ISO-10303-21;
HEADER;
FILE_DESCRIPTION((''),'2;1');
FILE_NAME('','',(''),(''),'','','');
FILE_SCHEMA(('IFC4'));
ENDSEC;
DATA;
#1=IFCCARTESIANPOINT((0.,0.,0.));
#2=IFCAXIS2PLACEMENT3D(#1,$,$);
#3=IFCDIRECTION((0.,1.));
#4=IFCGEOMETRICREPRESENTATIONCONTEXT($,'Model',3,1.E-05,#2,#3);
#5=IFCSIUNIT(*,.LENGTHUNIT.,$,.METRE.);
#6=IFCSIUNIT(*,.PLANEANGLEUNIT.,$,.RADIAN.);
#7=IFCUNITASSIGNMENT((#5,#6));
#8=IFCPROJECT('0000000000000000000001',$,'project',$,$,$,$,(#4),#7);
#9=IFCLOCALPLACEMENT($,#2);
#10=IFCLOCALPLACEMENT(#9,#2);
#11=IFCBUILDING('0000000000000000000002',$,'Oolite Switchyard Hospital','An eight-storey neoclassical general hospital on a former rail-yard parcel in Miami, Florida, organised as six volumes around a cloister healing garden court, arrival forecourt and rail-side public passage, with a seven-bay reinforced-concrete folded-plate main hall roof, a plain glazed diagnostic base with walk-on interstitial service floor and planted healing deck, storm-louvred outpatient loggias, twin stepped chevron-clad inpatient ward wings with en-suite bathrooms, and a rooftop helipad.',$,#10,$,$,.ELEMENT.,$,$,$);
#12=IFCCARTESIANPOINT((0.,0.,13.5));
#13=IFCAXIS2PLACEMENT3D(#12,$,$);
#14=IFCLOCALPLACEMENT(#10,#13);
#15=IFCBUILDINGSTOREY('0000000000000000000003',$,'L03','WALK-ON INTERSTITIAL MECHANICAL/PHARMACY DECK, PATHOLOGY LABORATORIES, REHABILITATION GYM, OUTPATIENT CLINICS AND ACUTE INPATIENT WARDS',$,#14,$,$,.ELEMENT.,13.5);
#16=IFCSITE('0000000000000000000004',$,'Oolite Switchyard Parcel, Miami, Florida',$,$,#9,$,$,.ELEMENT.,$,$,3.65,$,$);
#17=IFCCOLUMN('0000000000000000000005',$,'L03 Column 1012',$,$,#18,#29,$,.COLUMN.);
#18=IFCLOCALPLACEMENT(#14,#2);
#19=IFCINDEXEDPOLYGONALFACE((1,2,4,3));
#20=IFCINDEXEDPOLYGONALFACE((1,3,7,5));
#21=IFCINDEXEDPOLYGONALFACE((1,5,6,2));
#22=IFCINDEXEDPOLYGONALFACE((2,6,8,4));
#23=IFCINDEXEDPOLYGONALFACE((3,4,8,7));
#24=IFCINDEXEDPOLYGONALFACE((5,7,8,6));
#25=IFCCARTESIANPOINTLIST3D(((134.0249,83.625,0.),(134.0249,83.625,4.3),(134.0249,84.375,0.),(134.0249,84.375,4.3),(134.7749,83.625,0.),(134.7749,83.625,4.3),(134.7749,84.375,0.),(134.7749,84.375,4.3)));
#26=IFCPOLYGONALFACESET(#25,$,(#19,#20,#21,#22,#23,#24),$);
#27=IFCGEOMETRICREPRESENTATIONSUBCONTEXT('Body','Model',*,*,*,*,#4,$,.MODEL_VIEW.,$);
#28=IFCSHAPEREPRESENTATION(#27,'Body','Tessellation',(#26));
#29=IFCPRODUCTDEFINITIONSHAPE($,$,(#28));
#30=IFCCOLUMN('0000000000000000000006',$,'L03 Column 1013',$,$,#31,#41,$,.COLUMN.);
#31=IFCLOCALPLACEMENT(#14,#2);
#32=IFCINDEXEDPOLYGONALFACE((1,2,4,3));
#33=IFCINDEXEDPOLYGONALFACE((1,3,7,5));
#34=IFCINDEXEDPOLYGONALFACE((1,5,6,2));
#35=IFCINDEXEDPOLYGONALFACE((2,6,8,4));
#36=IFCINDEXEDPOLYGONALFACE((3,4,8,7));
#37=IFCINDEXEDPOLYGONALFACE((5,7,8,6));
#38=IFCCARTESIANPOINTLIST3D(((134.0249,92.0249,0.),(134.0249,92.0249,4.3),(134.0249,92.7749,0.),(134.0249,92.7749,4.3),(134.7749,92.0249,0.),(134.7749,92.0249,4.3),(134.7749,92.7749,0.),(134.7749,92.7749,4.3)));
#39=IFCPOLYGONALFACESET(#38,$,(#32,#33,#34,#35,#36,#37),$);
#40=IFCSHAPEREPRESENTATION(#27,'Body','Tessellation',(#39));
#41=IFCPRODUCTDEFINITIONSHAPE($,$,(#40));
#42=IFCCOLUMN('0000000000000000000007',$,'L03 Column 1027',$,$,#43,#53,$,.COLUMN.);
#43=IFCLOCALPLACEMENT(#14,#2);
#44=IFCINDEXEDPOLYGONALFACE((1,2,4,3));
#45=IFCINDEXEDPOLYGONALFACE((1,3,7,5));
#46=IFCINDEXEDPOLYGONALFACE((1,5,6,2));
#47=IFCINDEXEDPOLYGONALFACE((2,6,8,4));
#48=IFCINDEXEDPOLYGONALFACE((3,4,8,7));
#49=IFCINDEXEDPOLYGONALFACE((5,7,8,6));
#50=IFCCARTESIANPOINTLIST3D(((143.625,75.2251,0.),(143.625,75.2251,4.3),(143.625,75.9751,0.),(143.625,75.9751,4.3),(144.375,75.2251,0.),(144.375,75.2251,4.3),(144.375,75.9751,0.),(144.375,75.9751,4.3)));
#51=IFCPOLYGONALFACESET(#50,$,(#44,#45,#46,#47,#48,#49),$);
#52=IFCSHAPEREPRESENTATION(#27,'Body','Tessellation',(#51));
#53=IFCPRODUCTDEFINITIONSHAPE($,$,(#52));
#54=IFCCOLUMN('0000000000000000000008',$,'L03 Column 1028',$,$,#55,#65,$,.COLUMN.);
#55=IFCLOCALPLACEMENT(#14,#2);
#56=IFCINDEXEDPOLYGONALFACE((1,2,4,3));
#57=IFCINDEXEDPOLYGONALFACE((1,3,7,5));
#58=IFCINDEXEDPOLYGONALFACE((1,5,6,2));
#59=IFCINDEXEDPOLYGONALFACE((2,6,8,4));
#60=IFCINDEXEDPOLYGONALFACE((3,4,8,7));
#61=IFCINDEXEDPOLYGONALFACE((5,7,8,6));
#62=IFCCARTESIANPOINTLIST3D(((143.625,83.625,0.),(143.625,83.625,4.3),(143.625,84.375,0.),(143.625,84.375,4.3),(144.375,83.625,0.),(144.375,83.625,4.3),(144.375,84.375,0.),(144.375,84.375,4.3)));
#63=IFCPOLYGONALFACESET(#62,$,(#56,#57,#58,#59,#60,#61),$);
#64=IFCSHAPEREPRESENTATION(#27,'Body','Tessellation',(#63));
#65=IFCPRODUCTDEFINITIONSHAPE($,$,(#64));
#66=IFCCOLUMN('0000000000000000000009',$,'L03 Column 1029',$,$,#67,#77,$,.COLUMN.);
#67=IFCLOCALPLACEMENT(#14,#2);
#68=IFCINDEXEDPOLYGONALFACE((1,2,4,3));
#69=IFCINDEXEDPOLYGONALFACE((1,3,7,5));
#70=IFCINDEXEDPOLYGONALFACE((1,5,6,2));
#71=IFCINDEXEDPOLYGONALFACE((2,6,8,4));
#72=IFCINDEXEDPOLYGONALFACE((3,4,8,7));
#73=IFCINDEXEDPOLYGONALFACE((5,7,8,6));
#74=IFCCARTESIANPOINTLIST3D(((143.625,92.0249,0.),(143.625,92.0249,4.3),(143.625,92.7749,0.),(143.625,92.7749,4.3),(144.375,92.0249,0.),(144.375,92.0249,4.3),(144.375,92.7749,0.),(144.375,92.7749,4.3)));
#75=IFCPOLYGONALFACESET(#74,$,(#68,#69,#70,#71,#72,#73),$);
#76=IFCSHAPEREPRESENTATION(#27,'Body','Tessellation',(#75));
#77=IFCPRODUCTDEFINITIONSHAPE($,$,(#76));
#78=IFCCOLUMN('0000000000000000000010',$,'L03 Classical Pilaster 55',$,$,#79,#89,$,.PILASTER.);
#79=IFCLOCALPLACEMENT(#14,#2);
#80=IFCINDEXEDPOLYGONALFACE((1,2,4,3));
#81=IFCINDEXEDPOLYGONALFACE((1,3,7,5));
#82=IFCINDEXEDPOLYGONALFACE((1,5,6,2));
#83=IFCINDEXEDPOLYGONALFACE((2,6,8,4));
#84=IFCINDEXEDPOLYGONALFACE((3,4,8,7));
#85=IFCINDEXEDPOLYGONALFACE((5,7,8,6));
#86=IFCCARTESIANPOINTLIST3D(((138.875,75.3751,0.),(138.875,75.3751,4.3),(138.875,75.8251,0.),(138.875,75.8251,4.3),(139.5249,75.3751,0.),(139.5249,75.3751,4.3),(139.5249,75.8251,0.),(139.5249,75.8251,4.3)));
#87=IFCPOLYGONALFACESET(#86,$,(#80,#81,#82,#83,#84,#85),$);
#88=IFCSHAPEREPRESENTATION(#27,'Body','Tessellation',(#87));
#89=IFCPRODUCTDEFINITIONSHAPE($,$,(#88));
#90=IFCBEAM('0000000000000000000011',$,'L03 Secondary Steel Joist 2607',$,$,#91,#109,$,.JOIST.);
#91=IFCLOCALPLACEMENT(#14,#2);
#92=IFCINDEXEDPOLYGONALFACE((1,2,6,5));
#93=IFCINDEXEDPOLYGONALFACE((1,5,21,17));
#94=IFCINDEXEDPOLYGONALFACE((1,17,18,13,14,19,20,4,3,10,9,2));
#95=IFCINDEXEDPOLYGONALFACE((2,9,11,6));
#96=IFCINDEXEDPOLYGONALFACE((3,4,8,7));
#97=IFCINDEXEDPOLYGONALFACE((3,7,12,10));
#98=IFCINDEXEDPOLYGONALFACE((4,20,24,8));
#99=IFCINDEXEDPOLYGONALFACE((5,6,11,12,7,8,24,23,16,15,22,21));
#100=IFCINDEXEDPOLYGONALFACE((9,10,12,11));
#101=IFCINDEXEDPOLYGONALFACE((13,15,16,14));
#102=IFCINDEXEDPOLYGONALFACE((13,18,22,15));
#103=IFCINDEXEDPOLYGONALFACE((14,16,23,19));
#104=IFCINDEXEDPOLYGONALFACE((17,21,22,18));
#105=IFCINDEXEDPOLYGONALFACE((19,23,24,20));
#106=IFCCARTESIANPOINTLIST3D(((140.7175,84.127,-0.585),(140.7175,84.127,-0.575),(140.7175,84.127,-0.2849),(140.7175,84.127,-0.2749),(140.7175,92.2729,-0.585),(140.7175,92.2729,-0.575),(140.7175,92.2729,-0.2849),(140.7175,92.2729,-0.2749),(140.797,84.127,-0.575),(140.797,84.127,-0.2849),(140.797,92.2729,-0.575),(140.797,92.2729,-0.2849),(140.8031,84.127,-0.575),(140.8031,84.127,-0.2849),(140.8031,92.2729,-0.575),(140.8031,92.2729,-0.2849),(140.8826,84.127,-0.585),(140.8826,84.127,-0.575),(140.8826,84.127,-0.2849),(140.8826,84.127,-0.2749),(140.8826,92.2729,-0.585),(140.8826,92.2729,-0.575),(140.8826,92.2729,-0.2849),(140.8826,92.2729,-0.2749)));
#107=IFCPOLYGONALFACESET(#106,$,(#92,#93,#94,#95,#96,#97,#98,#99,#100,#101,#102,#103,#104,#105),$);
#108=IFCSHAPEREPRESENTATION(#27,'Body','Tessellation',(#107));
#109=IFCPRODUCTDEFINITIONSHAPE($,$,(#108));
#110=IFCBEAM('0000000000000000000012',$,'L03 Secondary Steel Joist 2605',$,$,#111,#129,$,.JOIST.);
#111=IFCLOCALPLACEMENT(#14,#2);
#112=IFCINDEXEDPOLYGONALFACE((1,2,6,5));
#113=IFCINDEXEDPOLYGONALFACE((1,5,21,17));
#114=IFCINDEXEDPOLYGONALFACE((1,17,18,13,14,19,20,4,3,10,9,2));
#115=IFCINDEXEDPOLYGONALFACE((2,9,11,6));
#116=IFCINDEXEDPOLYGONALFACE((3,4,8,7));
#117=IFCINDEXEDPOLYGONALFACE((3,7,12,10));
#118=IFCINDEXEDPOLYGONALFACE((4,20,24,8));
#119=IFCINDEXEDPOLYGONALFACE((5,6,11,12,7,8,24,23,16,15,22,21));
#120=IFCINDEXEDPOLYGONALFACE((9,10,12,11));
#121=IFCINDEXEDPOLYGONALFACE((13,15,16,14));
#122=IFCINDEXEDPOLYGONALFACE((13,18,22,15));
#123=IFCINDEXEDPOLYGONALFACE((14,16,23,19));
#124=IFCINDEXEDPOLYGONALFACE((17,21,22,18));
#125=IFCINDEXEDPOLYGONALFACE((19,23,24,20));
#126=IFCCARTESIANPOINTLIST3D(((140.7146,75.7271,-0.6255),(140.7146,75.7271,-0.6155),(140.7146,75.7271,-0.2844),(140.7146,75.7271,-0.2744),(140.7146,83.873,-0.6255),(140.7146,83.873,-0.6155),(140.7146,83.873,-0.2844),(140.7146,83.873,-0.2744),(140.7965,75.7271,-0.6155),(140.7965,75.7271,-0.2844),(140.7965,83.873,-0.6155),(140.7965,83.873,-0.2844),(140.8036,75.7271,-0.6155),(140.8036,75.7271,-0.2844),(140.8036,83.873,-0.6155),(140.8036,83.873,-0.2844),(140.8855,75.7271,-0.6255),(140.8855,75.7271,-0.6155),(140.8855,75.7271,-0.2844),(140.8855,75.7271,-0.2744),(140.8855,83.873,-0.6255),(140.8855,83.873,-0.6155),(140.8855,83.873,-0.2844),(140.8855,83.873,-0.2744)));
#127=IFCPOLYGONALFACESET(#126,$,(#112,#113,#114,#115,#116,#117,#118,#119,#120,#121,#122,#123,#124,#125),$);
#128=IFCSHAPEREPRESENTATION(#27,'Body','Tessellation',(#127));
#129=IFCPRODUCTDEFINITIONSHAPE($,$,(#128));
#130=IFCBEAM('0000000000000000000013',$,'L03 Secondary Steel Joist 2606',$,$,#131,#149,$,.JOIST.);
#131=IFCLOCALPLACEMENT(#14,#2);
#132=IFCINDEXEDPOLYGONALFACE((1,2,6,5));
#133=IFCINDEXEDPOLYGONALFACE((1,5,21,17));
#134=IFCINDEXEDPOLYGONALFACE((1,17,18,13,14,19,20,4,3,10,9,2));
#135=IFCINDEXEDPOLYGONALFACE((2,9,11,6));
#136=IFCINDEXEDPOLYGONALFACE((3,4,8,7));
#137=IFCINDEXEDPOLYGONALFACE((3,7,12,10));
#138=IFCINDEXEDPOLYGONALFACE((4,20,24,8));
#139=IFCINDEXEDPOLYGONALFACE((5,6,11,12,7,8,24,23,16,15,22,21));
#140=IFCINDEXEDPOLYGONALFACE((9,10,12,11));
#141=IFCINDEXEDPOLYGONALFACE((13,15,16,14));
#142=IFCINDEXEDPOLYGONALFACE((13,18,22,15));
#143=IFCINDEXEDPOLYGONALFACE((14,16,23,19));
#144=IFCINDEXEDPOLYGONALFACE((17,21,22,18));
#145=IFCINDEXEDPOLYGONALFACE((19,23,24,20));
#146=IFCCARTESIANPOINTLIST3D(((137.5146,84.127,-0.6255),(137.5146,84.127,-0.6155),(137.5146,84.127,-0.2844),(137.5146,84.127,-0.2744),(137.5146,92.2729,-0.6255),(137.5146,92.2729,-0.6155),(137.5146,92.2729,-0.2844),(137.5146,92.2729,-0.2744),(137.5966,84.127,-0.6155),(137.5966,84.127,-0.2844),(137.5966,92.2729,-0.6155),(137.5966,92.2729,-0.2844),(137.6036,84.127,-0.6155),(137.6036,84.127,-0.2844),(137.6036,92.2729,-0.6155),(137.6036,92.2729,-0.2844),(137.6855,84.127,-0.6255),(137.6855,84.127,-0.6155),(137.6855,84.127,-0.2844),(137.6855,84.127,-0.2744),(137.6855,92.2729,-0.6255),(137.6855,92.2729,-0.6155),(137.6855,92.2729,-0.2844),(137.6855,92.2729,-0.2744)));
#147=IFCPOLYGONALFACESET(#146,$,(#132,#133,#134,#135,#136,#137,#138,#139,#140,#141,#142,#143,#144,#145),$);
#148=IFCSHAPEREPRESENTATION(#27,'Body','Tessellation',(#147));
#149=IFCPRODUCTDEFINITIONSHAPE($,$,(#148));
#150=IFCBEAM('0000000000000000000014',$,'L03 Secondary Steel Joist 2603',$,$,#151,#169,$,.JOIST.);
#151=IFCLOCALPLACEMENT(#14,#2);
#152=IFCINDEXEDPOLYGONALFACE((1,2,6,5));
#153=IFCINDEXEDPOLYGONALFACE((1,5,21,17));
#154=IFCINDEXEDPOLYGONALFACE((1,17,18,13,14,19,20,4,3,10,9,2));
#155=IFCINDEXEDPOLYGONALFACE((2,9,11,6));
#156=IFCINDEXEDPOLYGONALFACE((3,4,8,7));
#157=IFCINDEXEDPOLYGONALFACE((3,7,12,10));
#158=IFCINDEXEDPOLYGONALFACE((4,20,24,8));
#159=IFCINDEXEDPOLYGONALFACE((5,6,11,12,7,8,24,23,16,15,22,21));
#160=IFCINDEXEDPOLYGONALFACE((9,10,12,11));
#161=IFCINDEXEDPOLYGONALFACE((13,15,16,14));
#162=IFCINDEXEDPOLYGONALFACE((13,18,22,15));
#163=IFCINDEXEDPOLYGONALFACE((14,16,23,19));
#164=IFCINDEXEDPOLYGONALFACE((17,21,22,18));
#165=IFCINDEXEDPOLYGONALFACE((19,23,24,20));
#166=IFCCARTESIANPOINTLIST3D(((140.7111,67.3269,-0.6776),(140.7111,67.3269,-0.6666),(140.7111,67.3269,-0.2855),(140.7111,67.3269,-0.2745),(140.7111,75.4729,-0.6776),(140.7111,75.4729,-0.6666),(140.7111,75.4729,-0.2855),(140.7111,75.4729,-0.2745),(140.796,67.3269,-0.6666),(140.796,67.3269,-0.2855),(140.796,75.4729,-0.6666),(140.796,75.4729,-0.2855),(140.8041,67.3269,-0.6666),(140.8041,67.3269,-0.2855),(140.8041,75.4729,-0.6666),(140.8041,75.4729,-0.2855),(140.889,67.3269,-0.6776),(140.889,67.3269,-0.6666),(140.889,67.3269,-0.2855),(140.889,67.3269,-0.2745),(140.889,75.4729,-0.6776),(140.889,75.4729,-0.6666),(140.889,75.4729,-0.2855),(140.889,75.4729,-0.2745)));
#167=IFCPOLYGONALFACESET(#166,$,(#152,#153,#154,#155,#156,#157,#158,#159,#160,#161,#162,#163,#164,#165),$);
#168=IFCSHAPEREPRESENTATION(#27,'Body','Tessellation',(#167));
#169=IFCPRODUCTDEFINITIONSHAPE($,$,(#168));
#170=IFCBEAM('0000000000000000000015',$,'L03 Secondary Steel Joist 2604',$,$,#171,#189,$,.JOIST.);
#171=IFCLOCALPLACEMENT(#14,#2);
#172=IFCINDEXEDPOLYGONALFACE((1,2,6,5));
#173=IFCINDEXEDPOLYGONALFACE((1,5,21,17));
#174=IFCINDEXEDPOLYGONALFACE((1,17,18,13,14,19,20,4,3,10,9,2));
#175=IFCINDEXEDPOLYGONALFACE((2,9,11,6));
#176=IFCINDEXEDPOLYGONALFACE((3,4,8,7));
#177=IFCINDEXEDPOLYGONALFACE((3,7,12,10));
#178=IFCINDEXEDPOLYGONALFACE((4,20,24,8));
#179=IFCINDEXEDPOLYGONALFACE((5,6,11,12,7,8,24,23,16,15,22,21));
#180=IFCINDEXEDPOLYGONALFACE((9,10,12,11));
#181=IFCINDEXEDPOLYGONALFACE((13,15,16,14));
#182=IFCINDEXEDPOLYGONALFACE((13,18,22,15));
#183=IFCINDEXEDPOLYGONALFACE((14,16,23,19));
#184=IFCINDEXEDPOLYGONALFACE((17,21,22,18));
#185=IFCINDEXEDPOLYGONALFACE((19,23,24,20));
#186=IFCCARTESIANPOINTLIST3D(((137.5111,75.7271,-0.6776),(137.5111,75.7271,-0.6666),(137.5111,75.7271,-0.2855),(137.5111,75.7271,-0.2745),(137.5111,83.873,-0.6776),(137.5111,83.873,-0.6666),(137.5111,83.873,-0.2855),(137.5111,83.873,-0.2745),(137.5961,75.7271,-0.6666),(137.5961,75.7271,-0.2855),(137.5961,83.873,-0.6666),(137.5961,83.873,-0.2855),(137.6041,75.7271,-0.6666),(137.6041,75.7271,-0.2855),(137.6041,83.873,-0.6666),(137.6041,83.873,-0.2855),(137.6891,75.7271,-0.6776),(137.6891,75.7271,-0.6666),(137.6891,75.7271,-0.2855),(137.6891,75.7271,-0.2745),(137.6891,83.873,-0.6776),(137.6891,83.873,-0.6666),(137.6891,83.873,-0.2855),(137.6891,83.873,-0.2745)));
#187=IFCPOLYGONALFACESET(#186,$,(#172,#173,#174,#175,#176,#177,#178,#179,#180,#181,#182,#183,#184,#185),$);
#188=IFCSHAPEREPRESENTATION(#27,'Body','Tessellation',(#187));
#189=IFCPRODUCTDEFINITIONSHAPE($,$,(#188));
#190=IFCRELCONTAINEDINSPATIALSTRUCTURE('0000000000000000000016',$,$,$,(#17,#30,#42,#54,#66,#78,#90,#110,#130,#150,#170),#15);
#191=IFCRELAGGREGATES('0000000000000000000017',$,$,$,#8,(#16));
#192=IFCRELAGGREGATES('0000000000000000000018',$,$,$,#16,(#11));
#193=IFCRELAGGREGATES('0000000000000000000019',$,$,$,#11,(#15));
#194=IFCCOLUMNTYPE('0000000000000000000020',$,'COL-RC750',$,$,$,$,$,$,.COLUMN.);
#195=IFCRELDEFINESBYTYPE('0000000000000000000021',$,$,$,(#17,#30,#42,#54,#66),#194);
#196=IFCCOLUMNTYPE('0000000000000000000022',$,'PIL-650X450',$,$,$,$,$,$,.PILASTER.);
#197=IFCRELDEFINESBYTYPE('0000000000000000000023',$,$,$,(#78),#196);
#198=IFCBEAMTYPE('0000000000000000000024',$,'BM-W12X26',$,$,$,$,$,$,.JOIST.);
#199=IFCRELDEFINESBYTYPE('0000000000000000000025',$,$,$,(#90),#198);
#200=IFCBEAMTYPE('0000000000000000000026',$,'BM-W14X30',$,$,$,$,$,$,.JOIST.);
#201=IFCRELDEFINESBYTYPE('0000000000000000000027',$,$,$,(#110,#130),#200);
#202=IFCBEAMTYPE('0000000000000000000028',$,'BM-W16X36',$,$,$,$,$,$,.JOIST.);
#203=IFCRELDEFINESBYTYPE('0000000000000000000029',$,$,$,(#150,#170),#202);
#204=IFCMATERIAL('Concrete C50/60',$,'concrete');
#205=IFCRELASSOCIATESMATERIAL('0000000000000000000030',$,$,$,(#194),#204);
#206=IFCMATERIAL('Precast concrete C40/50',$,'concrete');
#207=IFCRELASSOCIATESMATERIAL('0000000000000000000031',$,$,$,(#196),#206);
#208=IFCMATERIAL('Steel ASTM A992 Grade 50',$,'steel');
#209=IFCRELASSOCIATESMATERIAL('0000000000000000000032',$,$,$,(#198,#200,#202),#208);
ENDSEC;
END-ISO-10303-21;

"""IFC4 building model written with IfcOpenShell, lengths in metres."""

from ifc_helpers import new_model, si_unit, direction, frame, origin, origin_2d, place, context, subcontext, project, spatial, rectangle, i_section, extrude, material, material_profile, profile_set, type_object, element, save


model = new_model("IFC4")

# Units and contexts
model_context = context("Model", 3, precision=1e-05, world=origin(), true_north=direction((0.0, 1.0)))
body_context = subcontext(model_context, "Body", "Model", "MODEL_VIEW")
ifc_project = project(units=[si_unit("LENGTHUNIT", "METRE"), si_unit("PLANEANGLEUNIT", "RADIAN")], contexts=[model_context])

# Site, building, storey
site_placement = place(None, origin())
site = spatial("IfcSite", under=ifc_project, at=site_placement, Name="Oolite Switchyard Parcel, Miami, Florida", CompositionType="ELEMENT", RefElevation=3.65)
building_placement = place(site_placement, origin())
building = spatial("IfcBuilding", under=site, at=building_placement, Name="Oolite Switchyard Hospital", Description="An eight-storey neoclassical general hospital on a former rail-yard parcel in Miami, Florida, organised as six volumes around a cloister healing garden court, arrival forecourt and rail-side public passage, with a seven-bay reinforced-concrete folded-plate main hall roof, a plain glazed diagnostic base with walk-on interstitial service floor and planted healing deck, storm-louvred outpatient loggias, twin stepped chevron-clad inpatient ward wings with en-suite bathrooms, and a rooftop helipad.", CompositionType="ELEMENT")
storey_placement = place(building_placement, frame((0.0, 0.0, 13.5)))
storey = spatial("IfcBuildingStorey", under=building, at=storey_placement, Name="L03", Description="WALK-ON INTERSTITIAL MECHANICAL/PHARMACY DECK, PATHOLOGY LABORATORIES, REHABILITATION GYM, OUTPATIENT CLINICS AND ACUTE INPATIENT WARDS", CompositionType="ELEMENT", Elevation=13.5)

# Columns
ifc_material_1 = material(Name="Concrete C50/60", Category="concrete")
ifc_material_profile_1 = material_profile(ifc_material_1, rectangle(XDim=0.75, YDim=0.75, at=origin_2d()), Name="RC750X750")
ifc_profile_set_1 = profile_set([ifc_material_profile_1], Name="Concrete C50/60")
column_type_1 = type_object("IfcColumnType", Name="COL-RC750", PredefinedType="COLUMN", material=ifc_profile_set_1)
for number, where, z_axis, x_axis, name in (
    (1, (134.3999, 84.0, 0.0), (0.0, 0.0, 1.0), (1.0, 0.0, 0.0), "L03 Column 1012"),
    (2, (134.3999, 92.3999, 0.0), (0.0, 0.0, 1.0), (1.0, 0.0, 0.0), "L03 Column 1013"),
    (3, (144.0, 75.6001, 0.0), (0.0, 0.0, 1.0), (1.0, 0.0, 0.0), "L03 Column 1027"),
    (4, (144.0, 84.0, 0.0), (0.0, 0.0, 1.0), (1.0, 0.0, 0.0), "L03 Column 1028"),
    (5, (144.0, 92.3999, 0.0), (0.0, 0.0, 1.0), (1.0, 0.0, 0.0), "L03 Column 1029"),
):
    element("IfcColumn", number, at=place(storey_placement, frame(where, z_axis=z_axis, x_axis=x_axis)), inside=storey, type_object=column_type_1, Name=name, PredefinedType="COLUMN", context=body_context, shape_type="SweptSolid", body=[
        extrude(rectangle(XDim=0.75, YDim=0.75, at=origin_2d()), origin(), (0.0, 0.0, 1.0), 4.3),
    ])
ifc_material_2 = material(Name="Precast concrete C40/50", Category="concrete")
ifc_material_profile_2 = material_profile(ifc_material_2, rectangle(XDim=0.6499, YDim=0.45, at=origin_2d()), Name="PIL650X450")
ifc_profile_set_2 = profile_set([ifc_material_profile_2], Name="Precast concrete C40/50")
column_type_2 = type_object("IfcColumnType", Name="PIL-650X450", PredefinedType="PILASTER", material=ifc_profile_set_2)
column_placement = place(storey_placement, frame((139.2, 75.6001, 0.0), z_axis=(0.0, 0.0, 1.0), x_axis=(1.0, 0.0, 0.0)))
element("IfcColumn", 6, at=column_placement, inside=storey, type_object=column_type_2, Name="L03 Classical Pilaster 55", PredefinedType="PILASTER", context=body_context, shape_type="SweptSolid", body=[
    extrude(rectangle(XDim=0.6499, YDim=0.45, at=origin_2d()), origin(), (0.0, 0.0, 1.0), 4.3),
])

# Beams
ifc_material_3 = material(Name="Steel ASTM A992 Grade 50", Category="steel")
ifc_material_profile_3 = material_profile(ifc_material_3, i_section(OverallWidth=0.165, OverallDepth=0.3101, WebThickness=0.0061, FlangeThickness=0.01, at=origin_2d()), Name="W12X26")
ifc_profile_set_3 = profile_set([ifc_material_profile_3], Name="Steel ASTM A992 Grade 50")
beam_type_1 = type_object("IfcBeamType", Name="BM-W12X26", PredefinedType="JOIST", material=ifc_profile_set_3)
beam_1_placement = place(storey_placement, frame((140.8, 84.127, -0.4299), z_axis=(0.0, 1.0, 0.0), x_axis=(-1.0, 0.0, 0.0)))
element("IfcBeam", 7, at=beam_1_placement, inside=storey, type_object=beam_type_1, Name="L03 Secondary Steel Joist 2607", PredefinedType="JOIST", context=body_context, shape_type="SweptSolid", body=[
    extrude(i_section(OverallWidth=0.165, OverallDepth=0.3101, WebThickness=0.0061, FlangeThickness=0.01, at=origin_2d()), origin(), (0.0, 0.0, 1.0), 8.146),
])
ifc_material_profile_4 = material_profile(ifc_material_3, i_section(OverallWidth=0.1709, OverallDepth=0.3511, WebThickness=0.0071, FlangeThickness=0.01, at=origin_2d()), Name="W14X30")
ifc_profile_set_4 = profile_set([ifc_material_profile_4], Name="Steel ASTM A992 Grade 50")
beam_type_2 = type_object("IfcBeamType", Name="BM-W14X30", PredefinedType="JOIST", material=ifc_profile_set_4)
for number, where, z_axis, x_axis, name in (
    (8, (140.8, 75.7271, -0.45), (0.0, 1.0, 0.0), (-1.0, 0.0, 0.0), "L03 Secondary Steel Joist 2605"),
    (9, (137.6001, 84.127, -0.45), (0.0, 1.0, 0.0), (-1.0, 0.0, 0.0), "L03 Secondary Steel Joist 2606"),
):
    element("IfcBeam", number, at=place(storey_placement, frame(where, z_axis=z_axis, x_axis=x_axis)), inside=storey, type_object=beam_type_2, Name=name, PredefinedType="JOIST", context=body_context, shape_type="SweptSolid", body=[
        extrude(i_section(OverallWidth=0.1709, OverallDepth=0.3511, WebThickness=0.0071, FlangeThickness=0.01, at=origin_2d()), origin(), (0.0, 0.0, 1.0), 8.146),
    ])
ifc_material_profile_5 = material_profile(ifc_material_3, i_section(OverallWidth=0.178, OverallDepth=0.4031, WebThickness=0.0081, FlangeThickness=0.011, at=origin_2d()), Name="W16X36")
ifc_profile_set_5 = profile_set([ifc_material_profile_5], Name="Steel ASTM A992 Grade 50")
beam_type_3 = type_object("IfcBeamType", Name="BM-W16X36", PredefinedType="JOIST", material=ifc_profile_set_5)
for number, where, z_axis, x_axis, name in (
    (10, (140.8, 67.3269, -0.4761), (0.0, 1.0, 0.0), (-1.0, 0.0, 0.0), "L03 Secondary Steel Joist 2603"),
    (11, (137.6001, 75.7271, -0.4761), (0.0, 1.0, 0.0), (-1.0, 0.0, 0.0), "L03 Secondary Steel Joist 2604"),
):
    element("IfcBeam", number, at=place(storey_placement, frame(where, z_axis=z_axis, x_axis=x_axis)), inside=storey, type_object=beam_type_3, Name=name, PredefinedType="JOIST", context=body_context, shape_type="SweptSolid", body=[
        extrude(i_section(OverallWidth=0.178, OverallDepth=0.4031, WebThickness=0.0081, FlangeThickness=0.011, at=origin_2d()), origin(), (0.0, 0.0, 1.0), 8.146),
    ])

save(model, "model.ifc")
